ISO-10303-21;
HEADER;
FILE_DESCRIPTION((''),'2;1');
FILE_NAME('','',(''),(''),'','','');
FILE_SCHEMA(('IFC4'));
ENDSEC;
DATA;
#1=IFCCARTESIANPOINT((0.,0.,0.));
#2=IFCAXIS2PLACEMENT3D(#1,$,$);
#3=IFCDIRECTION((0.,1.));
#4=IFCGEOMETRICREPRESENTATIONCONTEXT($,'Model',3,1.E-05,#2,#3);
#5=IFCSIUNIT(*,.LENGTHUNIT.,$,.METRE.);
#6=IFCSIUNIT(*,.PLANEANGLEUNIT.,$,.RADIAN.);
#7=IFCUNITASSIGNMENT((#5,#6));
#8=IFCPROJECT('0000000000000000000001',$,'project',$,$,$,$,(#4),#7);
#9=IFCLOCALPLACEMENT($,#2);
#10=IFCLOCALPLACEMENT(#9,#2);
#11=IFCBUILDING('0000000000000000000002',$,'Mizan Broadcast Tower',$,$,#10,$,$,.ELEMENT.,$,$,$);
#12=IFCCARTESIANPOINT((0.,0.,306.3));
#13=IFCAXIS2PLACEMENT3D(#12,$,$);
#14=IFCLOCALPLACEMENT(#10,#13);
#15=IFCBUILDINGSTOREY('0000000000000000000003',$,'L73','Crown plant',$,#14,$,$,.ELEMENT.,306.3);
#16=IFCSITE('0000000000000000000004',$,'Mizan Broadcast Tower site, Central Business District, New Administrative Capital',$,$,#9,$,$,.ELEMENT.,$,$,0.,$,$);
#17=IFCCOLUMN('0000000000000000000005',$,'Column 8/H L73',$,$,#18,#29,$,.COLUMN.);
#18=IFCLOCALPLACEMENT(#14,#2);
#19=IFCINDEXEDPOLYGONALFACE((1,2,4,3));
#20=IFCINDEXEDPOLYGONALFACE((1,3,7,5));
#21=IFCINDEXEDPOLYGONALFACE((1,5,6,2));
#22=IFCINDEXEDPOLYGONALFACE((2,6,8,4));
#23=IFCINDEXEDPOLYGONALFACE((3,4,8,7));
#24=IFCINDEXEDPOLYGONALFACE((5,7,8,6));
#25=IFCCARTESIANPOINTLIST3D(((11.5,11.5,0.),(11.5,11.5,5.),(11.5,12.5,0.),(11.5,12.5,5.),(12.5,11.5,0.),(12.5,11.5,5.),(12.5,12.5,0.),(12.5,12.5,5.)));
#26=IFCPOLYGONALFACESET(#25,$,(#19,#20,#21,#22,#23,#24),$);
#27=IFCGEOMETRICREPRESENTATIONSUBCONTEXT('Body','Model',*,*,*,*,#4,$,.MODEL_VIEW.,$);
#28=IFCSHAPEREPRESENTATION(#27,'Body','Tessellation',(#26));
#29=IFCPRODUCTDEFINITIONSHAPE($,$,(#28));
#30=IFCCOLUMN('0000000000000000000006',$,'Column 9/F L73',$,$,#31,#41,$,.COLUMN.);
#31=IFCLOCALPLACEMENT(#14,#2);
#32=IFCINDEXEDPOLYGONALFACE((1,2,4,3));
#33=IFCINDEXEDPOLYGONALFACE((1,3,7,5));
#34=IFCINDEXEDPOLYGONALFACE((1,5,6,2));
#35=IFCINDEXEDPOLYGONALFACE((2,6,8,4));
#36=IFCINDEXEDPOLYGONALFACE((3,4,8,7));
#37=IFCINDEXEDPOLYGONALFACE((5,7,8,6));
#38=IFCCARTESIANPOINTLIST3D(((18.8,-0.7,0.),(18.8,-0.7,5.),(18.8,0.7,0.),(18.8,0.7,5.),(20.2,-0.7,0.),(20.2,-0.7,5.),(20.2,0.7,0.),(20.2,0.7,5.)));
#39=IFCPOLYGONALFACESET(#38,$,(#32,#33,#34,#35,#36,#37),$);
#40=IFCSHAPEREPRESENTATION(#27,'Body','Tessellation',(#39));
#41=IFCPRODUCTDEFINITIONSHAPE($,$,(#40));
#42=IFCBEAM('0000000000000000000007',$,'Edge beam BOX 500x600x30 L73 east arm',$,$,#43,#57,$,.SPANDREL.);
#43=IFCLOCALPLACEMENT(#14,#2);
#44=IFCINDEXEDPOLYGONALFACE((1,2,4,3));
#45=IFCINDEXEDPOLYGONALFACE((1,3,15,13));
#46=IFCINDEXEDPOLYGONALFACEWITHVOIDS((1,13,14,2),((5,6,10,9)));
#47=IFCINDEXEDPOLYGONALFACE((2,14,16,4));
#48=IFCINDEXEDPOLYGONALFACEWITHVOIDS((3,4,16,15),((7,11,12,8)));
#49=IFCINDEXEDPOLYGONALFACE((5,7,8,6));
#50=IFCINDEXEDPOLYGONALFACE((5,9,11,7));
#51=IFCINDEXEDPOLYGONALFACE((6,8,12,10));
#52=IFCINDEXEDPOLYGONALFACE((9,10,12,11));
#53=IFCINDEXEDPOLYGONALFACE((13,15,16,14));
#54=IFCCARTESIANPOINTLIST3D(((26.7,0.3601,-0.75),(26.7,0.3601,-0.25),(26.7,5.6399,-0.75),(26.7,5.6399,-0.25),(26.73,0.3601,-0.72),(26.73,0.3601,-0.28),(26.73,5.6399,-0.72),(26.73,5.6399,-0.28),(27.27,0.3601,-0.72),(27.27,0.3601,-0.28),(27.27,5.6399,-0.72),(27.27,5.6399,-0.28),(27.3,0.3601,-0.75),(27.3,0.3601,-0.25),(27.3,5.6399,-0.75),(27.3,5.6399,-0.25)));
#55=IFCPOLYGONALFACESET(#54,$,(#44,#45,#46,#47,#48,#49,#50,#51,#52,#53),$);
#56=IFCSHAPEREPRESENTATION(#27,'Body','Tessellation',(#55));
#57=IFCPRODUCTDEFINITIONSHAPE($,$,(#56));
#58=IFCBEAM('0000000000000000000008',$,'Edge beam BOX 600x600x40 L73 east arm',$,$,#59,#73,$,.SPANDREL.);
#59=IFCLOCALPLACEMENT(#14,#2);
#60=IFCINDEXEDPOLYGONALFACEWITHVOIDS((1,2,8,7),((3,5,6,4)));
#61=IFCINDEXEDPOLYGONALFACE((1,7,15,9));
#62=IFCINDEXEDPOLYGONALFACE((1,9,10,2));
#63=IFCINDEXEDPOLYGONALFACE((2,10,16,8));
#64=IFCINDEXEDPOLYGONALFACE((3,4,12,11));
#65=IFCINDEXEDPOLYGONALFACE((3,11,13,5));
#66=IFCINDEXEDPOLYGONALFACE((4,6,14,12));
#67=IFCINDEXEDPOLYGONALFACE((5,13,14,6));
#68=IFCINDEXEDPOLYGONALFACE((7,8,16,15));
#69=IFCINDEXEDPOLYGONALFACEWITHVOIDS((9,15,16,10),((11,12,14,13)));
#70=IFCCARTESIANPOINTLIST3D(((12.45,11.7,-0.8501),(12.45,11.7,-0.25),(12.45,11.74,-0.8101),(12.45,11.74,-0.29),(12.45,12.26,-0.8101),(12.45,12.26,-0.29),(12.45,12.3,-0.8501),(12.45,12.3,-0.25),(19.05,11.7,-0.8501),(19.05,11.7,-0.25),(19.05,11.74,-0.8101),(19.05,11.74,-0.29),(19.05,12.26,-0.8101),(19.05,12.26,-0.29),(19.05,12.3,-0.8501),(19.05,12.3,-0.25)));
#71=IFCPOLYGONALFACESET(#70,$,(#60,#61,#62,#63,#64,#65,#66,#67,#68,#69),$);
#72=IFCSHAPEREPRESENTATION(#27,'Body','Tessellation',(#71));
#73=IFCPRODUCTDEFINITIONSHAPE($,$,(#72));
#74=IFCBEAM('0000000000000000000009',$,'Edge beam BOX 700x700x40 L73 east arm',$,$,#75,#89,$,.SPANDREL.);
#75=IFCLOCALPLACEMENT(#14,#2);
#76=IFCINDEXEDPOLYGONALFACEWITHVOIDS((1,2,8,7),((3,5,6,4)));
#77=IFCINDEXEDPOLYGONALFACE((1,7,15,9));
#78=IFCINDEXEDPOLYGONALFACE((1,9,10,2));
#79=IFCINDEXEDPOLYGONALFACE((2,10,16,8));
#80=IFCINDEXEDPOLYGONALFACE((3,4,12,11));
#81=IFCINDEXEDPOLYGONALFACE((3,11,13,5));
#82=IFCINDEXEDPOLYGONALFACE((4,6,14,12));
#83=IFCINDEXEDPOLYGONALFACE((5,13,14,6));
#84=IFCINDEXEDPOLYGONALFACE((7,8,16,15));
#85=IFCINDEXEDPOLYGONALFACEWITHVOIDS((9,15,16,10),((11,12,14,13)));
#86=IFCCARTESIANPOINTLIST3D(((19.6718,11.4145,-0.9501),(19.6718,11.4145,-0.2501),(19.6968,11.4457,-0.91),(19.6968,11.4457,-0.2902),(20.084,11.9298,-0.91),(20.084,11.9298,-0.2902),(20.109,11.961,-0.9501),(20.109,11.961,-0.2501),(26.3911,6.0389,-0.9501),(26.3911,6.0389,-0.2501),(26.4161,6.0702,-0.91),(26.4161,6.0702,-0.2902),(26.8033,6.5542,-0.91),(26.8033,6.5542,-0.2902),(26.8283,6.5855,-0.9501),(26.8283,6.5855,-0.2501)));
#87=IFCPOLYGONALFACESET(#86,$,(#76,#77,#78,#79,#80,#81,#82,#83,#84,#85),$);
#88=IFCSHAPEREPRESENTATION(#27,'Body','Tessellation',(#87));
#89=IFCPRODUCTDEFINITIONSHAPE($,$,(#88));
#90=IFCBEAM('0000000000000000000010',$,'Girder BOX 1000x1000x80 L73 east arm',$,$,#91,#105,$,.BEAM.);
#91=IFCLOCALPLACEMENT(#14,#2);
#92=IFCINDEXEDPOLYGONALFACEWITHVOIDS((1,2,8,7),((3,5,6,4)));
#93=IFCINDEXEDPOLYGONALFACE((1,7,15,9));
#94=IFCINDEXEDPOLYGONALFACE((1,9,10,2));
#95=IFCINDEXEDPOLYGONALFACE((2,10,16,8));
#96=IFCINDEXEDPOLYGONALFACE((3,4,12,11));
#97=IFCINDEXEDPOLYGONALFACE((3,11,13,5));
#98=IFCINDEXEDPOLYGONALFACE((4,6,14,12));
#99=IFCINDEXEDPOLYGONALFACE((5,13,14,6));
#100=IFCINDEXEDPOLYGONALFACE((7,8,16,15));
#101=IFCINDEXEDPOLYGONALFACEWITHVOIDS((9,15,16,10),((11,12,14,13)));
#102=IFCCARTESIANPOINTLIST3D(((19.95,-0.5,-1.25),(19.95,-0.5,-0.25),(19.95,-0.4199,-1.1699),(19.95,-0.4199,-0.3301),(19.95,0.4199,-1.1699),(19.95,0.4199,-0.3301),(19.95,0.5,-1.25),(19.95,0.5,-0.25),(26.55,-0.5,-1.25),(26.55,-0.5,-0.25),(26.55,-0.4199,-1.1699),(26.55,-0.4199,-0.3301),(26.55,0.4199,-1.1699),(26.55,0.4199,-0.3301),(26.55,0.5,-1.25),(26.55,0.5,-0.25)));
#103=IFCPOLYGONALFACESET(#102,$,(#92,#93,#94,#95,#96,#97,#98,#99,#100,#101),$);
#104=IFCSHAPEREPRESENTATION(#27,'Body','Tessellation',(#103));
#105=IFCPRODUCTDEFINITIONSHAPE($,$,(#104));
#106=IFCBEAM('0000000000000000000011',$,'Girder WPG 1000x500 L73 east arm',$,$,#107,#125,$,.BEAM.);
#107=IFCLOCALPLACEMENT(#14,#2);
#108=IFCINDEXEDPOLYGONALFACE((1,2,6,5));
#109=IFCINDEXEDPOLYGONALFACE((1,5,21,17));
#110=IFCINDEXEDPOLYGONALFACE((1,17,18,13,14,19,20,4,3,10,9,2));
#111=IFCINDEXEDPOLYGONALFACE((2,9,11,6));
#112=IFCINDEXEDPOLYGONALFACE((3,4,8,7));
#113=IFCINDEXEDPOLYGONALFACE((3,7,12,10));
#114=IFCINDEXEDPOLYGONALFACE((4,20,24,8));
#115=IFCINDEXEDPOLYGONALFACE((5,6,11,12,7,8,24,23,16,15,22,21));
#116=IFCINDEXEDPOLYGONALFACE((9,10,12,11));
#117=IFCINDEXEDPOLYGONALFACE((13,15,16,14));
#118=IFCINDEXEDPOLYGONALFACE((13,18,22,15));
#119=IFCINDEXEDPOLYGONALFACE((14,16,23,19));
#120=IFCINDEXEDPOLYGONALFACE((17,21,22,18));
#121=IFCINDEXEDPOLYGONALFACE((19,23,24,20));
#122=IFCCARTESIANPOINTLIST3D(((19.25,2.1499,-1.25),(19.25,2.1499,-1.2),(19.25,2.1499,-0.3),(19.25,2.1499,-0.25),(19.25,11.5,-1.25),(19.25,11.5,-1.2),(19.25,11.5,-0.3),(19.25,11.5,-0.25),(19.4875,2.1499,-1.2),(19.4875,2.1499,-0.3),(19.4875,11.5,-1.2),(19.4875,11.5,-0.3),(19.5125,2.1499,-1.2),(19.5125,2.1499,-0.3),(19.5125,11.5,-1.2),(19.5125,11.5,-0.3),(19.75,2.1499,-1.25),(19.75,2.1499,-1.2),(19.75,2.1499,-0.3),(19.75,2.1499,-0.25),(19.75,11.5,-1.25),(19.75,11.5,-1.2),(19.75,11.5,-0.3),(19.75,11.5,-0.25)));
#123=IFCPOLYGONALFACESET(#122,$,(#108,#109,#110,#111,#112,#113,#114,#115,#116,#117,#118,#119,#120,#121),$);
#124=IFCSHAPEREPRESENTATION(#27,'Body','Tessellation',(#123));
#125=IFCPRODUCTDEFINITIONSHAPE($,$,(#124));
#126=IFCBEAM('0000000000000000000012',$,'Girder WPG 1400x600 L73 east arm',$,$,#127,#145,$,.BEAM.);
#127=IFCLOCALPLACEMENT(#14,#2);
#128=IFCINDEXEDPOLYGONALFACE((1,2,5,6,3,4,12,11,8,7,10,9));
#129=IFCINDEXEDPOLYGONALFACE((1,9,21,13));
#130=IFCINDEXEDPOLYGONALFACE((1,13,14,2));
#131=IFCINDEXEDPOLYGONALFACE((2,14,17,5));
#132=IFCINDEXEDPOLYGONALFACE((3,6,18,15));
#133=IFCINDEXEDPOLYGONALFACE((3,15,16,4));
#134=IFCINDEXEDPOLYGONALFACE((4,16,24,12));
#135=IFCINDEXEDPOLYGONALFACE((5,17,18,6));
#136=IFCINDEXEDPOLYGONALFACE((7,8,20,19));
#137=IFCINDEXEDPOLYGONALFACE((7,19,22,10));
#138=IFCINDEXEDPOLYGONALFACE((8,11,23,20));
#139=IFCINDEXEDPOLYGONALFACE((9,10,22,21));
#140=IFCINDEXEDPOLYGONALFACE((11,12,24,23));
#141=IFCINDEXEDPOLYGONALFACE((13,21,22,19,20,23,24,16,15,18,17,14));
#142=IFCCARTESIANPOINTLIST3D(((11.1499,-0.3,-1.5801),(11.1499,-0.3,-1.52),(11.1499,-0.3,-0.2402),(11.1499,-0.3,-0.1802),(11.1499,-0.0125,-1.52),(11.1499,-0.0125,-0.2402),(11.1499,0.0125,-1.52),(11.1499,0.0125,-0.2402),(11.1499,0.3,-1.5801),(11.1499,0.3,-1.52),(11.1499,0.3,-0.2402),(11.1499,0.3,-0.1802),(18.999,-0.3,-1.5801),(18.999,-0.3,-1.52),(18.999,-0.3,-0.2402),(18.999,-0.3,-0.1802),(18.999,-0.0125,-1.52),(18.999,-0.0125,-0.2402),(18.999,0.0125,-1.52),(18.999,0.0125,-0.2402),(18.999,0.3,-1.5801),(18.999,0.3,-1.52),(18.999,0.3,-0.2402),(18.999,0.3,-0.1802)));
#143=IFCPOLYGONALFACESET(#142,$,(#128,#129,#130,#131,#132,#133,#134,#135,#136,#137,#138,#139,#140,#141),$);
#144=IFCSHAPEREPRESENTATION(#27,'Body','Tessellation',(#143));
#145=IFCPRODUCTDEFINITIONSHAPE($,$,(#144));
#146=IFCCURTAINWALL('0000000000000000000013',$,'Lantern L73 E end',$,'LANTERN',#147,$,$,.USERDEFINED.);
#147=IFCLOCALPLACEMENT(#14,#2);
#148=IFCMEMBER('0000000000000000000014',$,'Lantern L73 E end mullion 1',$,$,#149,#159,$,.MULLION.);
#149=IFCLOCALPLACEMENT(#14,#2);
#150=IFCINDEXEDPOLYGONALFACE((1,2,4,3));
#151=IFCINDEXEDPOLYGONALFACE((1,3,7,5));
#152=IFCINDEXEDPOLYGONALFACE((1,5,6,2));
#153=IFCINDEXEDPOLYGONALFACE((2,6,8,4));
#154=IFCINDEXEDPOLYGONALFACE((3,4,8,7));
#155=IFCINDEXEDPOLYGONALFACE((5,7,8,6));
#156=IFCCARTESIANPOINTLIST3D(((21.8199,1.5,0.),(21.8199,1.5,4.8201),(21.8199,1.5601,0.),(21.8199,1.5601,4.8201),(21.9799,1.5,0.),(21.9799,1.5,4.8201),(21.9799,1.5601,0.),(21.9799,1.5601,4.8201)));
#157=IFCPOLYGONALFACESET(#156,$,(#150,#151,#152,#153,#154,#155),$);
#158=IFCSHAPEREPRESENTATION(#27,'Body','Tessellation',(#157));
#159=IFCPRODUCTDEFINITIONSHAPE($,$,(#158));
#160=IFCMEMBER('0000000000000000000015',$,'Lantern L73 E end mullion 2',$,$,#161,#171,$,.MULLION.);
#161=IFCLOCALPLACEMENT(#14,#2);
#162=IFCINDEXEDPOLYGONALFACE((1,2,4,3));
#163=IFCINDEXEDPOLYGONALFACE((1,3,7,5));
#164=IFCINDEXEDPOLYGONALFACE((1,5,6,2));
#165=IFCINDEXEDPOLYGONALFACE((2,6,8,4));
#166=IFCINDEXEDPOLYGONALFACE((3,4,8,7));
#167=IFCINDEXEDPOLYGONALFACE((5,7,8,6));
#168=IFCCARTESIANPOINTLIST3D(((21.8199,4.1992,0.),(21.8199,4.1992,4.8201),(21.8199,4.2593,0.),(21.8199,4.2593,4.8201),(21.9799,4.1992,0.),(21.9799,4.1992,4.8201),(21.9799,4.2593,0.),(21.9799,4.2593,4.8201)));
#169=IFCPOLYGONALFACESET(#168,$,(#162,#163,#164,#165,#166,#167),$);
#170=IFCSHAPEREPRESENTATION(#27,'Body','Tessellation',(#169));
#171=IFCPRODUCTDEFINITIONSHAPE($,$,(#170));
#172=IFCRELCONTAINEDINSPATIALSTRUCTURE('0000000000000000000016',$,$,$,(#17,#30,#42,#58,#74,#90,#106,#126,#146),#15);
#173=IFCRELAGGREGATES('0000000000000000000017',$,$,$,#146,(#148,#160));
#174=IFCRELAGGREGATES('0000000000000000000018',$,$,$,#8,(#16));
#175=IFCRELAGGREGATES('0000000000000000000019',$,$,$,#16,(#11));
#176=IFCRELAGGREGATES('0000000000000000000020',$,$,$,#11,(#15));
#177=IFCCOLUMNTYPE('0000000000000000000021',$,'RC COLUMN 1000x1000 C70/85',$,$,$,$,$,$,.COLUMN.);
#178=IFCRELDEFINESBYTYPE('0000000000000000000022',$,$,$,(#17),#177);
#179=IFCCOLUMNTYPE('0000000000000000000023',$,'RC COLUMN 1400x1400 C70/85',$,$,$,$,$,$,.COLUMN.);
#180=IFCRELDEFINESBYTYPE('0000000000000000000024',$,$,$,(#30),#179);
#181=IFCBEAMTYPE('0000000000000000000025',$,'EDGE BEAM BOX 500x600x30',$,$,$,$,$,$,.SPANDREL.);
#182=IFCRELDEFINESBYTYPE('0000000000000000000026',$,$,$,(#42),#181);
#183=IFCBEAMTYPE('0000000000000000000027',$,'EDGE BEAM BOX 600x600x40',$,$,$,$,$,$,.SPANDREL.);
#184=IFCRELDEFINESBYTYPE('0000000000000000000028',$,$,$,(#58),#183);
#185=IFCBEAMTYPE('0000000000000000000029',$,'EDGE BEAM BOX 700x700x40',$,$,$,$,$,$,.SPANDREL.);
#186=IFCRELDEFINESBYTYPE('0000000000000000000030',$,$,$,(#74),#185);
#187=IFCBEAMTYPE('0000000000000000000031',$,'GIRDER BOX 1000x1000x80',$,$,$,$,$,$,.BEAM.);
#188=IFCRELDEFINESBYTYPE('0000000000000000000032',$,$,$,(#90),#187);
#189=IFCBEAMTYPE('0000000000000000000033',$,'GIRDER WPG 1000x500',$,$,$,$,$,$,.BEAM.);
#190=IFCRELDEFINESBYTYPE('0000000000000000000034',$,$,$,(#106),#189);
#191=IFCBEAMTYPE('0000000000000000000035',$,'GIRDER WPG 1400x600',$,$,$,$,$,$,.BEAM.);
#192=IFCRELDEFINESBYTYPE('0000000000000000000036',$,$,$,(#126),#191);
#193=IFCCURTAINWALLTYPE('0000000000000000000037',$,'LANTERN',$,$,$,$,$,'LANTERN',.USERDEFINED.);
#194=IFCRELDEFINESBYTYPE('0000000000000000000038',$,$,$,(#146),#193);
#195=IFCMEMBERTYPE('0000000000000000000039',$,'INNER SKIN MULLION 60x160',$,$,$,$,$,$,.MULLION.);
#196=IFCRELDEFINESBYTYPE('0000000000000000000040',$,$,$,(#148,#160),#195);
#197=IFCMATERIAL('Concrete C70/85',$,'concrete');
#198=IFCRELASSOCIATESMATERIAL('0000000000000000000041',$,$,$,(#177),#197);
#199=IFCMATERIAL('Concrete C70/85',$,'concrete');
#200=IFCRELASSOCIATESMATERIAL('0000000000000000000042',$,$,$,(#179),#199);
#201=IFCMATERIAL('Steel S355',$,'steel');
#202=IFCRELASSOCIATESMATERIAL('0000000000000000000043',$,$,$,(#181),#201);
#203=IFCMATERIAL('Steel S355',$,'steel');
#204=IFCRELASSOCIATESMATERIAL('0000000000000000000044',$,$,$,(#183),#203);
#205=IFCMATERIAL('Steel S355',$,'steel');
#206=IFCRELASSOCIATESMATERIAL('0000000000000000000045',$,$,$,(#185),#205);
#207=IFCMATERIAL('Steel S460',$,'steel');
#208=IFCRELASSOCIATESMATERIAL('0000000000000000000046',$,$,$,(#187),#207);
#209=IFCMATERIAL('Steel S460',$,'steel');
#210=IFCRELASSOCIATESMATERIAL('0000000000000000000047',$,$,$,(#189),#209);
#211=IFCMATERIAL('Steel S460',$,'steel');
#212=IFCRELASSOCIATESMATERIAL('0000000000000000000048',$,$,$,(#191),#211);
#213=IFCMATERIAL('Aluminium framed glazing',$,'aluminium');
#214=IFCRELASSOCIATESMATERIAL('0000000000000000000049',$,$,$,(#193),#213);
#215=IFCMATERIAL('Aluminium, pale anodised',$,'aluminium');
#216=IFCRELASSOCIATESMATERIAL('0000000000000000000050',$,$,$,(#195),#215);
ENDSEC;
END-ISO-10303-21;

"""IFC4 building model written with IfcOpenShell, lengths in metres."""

from ifc_helpers import new_model, si_unit, direction, frame, origin, origin_2d, place, context, subcontext, project, spatial, rectangle, hollow_rectangle, i_section, extrude, material, material_profile, profile_set, type_object, element, aggregate, save


model = new_model("IFC4")

# Units and contexts
model_context = context("Model", 3, precision=1e-05, world=origin(), true_north=direction((0.0, 1.0)))
body_context = subcontext(model_context, "Body", "Model", "MODEL_VIEW")
ifc_project = project(units=[si_unit("LENGTHUNIT", "METRE"), si_unit("PLANEANGLEUNIT", "RADIAN")], contexts=[model_context])

# Site, building, storey
site_placement = place(None, origin())
site = spatial("IfcSite", under=ifc_project, at=site_placement, Name="Mizan Broadcast Tower site, Central Business District, New Administrative Capital", CompositionType="ELEMENT", RefElevation=0.0)
building_placement = place(site_placement, origin())
building = spatial("IfcBuilding", under=site, at=building_placement, Name="Mizan Broadcast Tower", CompositionType="ELEMENT")
storey_placement = place(building_placement, frame((0.0, 0.0, 306.3)))
storey = spatial("IfcBuildingStorey", under=building, at=storey_placement, Name="L73", Description="Crown plant", CompositionType="ELEMENT", Elevation=306.3)

# Columns
ifc_material_1 = material(Name="Concrete C70/85", Category="concrete")
ifc_material_profile_1 = material_profile(ifc_material_1, rectangle(XDim=1.0, YDim=1.0, at=origin_2d()), Name="RC 1000x1000")
ifc_profile_set_1 = profile_set([ifc_material_profile_1], Name="Concrete C70/85")
column_type_1 = type_object("IfcColumnType", Name="RC COLUMN 1000x1000 C70/85", PredefinedType="COLUMN", material=ifc_profile_set_1)
column_1_placement = place(storey_placement, frame((12.0, 12.0, 0.0), z_axis=(0.0, 0.0, 1.0), x_axis=(1.0, 0.0, 0.0)))
element("IfcColumn", 1, at=column_1_placement, inside=storey, type_object=column_type_1, Name="Column 8/H L73", PredefinedType="COLUMN", context=body_context, shape_type="SweptSolid", body=[
    extrude(rectangle(XDim=1.0, YDim=1.0, at=origin_2d()), origin(), (0.0, 0.0, 1.0), 5.0),
])
ifc_material_2 = material(Name="Concrete C70/85", Category="concrete")
ifc_material_profile_2 = material_profile(ifc_material_2, rectangle(XDim=1.3999, YDim=1.3999, at=origin_2d()), Name="RC 1400x1400")
ifc_profile_set_2 = profile_set([ifc_material_profile_2], Name="Concrete C70/85")
column_type_2 = type_object("IfcColumnType", Name="RC COLUMN 1400x1400 C70/85", PredefinedType="COLUMN", material=ifc_profile_set_2)
column_2_placement = place(storey_placement, frame((19.5, 0.0, 0.0), z_axis=(0.0, 0.0, 1.0), x_axis=(1.0, 0.0, 0.0)))
element("IfcColumn", 2, at=column_2_placement, inside=storey, type_object=column_type_2, Name="Column 9/F L73", PredefinedType="COLUMN", context=body_context, shape_type="SweptSolid", body=[
    extrude(rectangle(XDim=1.3999, YDim=1.3999, at=origin_2d()), origin(), (0.0, 0.0, 1.0), 5.0),
])

# Beams
ifc_material_3 = material(Name="Steel S355", Category="steel")
ifc_material_profile_3 = material_profile(ifc_material_3, hollow_rectangle(XDim=0.6001, YDim=0.5, WallThickness=0.03, at=origin_2d()), Name="BOX 500x600x30")
ifc_profile_set_3 = profile_set([ifc_material_profile_3], Name="Steel S355")
beam_type_1 = type_object("IfcBeamType", Name="EDGE BEAM BOX 500x600x30", PredefinedType="SPANDREL", material=ifc_profile_set_3)
beam_1_placement = place(storey_placement, frame((27.0, 5.6399, -0.5), z_axis=(0.0, -1.0, 0.0), x_axis=(1.0, 0.0, 0.0)))
element("IfcBeam", 3, at=beam_1_placement, inside=storey, type_object=beam_type_1, Name="Edge beam BOX 500x600x30 L73 east arm", PredefinedType="SPANDREL", context=body_context, shape_type="SweptSolid", body=[
    extrude(hollow_rectangle(XDim=0.6001, YDim=0.5, WallThickness=0.03, at=origin_2d()), origin(), (0.0, 0.0, 1.0), 5.2798),
])
ifc_material_4 = material(Name="Steel S355", Category="steel")
ifc_material_profile_4 = material_profile(ifc_material_4, hollow_rectangle(XDim=0.6001, YDim=0.6001, WallThickness=0.04, at=origin_2d()), Name="BOX 600x600x40")
ifc_profile_set_4 = profile_set([ifc_material_profile_4], Name="Steel S355")
beam_type_2 = type_object("IfcBeamType", Name="EDGE BEAM BOX 600x600x40", PredefinedType="SPANDREL", material=ifc_profile_set_4)
beam_2_placement = place(storey_placement, frame((12.45, 12.0, -0.55), z_axis=(1.0, 0.0, 0.0), x_axis=(0.0, 1.0, 0.0)))
element("IfcBeam", 4, at=beam_2_placement, inside=storey, type_object=beam_type_2, Name="Edge beam BOX 600x600x40 L73 east arm", PredefinedType="SPANDREL", context=body_context, shape_type="SweptSolid", body=[
    extrude(hollow_rectangle(XDim=0.6001, YDim=0.6001, WallThickness=0.04, at=origin_2d()), origin(), (0.0, 0.0, 1.0), 6.6001),
])
ifc_material_5 = material(Name="Steel S355", Category="steel")
ifc_material_profile_5 = material_profile(ifc_material_5, hollow_rectangle(XDim=0.7, YDim=0.7, WallThickness=0.04, at=origin_2d()), Name="BOX 700x700x40")
ifc_profile_set_5 = profile_set([ifc_material_profile_5], Name="Steel S355")
beam_type_3 = type_object("IfcBeamType", Name="EDGE BEAM BOX 700x700x40", PredefinedType="SPANDREL", material=ifc_profile_set_5)
beam_3_placement = place(storey_placement, frame((19.8904, 11.6877, -0.6001), z_axis=(0.780863, -0.624702, 0.0), x_axis=(0.624702, 0.780863, 0.0)))
element("IfcBeam", 5, at=beam_3_placement, inside=storey, type_object=beam_type_3, Name="Edge beam BOX 700x700x40 L73 east arm", PredefinedType="SPANDREL", context=body_context, shape_type="SweptSolid", body=[
    extrude(hollow_rectangle(XDim=0.7, YDim=0.7, WallThickness=0.04, at=origin_2d()), origin(), (0.0, 0.0, 1.0), 8.605),
])
ifc_material_6 = material(Name="Steel S460", Category="steel")
ifc_material_profile_6 = material_profile(ifc_material_6, hollow_rectangle(XDim=1.0, YDim=1.0, WallThickness=0.0801, at=origin_2d()), Name="BOX 1000x1000x80")
ifc_profile_set_6 = profile_set([ifc_material_profile_6], Name="Steel S460")
beam_type_4 = type_object("IfcBeamType", Name="GIRDER BOX 1000x1000x80", PredefinedType="BEAM", material=ifc_profile_set_6)
beam_4_placement = place(storey_placement, frame((19.95, 0.0, -0.75), z_axis=(1.0, 0.0, 0.0), x_axis=(0.0, 1.0, 0.0)))
element("IfcBeam", 6, at=beam_4_placement, inside=storey, type_object=beam_type_4, Name="Girder BOX 1000x1000x80 L73 east arm", PredefinedType="BEAM", context=body_context, shape_type="SweptSolid", body=[
    extrude(hollow_rectangle(XDim=1.0, YDim=1.0, WallThickness=0.0801, at=origin_2d()), origin(), (0.0, 0.0, 1.0), 6.6001),
])
ifc_material_7 = material(Name="Steel S460", Category="steel")
ifc_material_profile_7 = material_profile(ifc_material_7, i_section(OverallWidth=0.5, OverallDepth=1.0, WebThickness=0.0249, FlangeThickness=0.05, at=origin_2d()), Name="WPG 1000x500")
ifc_profile_set_7 = profile_set([ifc_material_profile_7], Name="Steel S460")
beam_type_5 = type_object("IfcBeamType", Name="GIRDER WPG 1000x500", PredefinedType="BEAM", material=ifc_profile_set_7)
beam_5_placement = place(storey_placement, frame((19.5, 11.5, -0.75), z_axis=(0.0, -1.0, 0.0), x_axis=(1.0, 0.0, 0.0)))
element("IfcBeam", 7, at=beam_5_placement, inside=storey, type_object=beam_type_5, Name="Girder WPG 1000x500 L73 east arm", PredefinedType="BEAM", context=body_context, shape_type="SweptSolid", body=[
    extrude(i_section(OverallWidth=0.5, OverallDepth=1.0, WebThickness=0.0249, FlangeThickness=0.05, at=origin_2d()), origin(), (0.0, 0.0, 1.0), 9.3501),
])
ifc_material_8 = material(Name="Steel S460", Category="steel")
ifc_material_profile_8 = material_profile(ifc_material_8, i_section(OverallWidth=0.6001, OverallDepth=1.3999, WebThickness=0.0249, FlangeThickness=0.0601, at=origin_2d()), Name="WPG 1400x600")
ifc_profile_set_8 = profile_set([ifc_material_profile_8], Name="Steel S460")
beam_type_6 = type_object("IfcBeamType", Name="GIRDER WPG 1400x600", PredefinedType="BEAM", material=ifc_profile_set_8)
beam_6_placement = place(storey_placement, frame((11.1499, 0.0, -0.8801), z_axis=(1.0, 0.0, 0.0), x_axis=(0.0, 1.0, 0.0)))
element("IfcBeam", 8, at=beam_6_placement, inside=storey, type_object=beam_type_6, Name="Girder WPG 1400x600 L73 east arm", PredefinedType="BEAM", context=body_context, shape_type="SweptSolid", body=[
    extrude(i_section(OverallWidth=0.6001, OverallDepth=1.3999, WebThickness=0.0249, FlangeThickness=0.0601, at=origin_2d()), origin(), (0.0, 0.0, 1.0), 7.8491),
])

# Curtain wall, members
ifc_material_9 = material(Name="Aluminium framed glazing", Category="aluminium")
curtain_wall_type = type_object("IfcCurtainWallType", Name="LANTERN", ElementType="LANTERN", PredefinedType="USERDEFINED", material=ifc_material_9)
curtain_wall_1_placement = place(storey_placement, origin())
curtain_wall_1 = element("IfcCurtainWall", 9, at=curtain_wall_1_placement, inside=storey, type_object=curtain_wall_type, Name="Lantern L73 E end", ObjectType="LANTERN", PredefinedType="USERDEFINED")
ifc_material_10 = material(Name="Aluminium, pale anodised", Category="aluminium")
ifc_material_profile_9 = material_profile(ifc_material_10, rectangle(XDim=0.1599, YDim=0.0601, at=origin_2d()), Name="MULLION 160x60")
ifc_profile_set_9 = profile_set([ifc_material_profile_9], Name="Aluminium, pale anodised")
member_type_1 = type_object("IfcMemberType", Name="INNER SKIN MULLION 60x160", PredefinedType="MULLION", material=ifc_profile_set_9)
member_1_placement = place(storey_placement, frame((21.8999, 1.53, 0.0), z_axis=(0.0, 0.0, 1.0), x_axis=(-1.0, 0.0, 0.0)))
member_1 = element("IfcMember", 10, at=member_1_placement, type_object=member_type_1, Name="Lantern L73 E end mullion 1", PredefinedType="MULLION", context=body_context, shape_type="SweptSolid", body=[
    extrude(rectangle(XDim=0.1599, YDim=0.0601, at=origin_2d()), origin(), (0.0, 0.0, 1.0), 4.8201),
])
member_2_placement = place(storey_placement, frame((21.8999, 4.2292, 0.0), z_axis=(0.0, 0.0, 1.0), x_axis=(-1.0, 0.0, 0.0)))
member_2 = element("IfcMember", 11, at=member_2_placement, type_object=member_type_1, Name="Lantern L73 E end mullion 2", PredefinedType="MULLION", context=body_context, shape_type="SweptSolid", body=[
    extrude(rectangle(XDim=0.1599, YDim=0.0601, at=origin_2d()), origin(), (0.0, 0.0, 1.0), 4.8201),
])

aggregate(curtain_wall_1, [member_1, member_2])

save(model, "model.ifc")
